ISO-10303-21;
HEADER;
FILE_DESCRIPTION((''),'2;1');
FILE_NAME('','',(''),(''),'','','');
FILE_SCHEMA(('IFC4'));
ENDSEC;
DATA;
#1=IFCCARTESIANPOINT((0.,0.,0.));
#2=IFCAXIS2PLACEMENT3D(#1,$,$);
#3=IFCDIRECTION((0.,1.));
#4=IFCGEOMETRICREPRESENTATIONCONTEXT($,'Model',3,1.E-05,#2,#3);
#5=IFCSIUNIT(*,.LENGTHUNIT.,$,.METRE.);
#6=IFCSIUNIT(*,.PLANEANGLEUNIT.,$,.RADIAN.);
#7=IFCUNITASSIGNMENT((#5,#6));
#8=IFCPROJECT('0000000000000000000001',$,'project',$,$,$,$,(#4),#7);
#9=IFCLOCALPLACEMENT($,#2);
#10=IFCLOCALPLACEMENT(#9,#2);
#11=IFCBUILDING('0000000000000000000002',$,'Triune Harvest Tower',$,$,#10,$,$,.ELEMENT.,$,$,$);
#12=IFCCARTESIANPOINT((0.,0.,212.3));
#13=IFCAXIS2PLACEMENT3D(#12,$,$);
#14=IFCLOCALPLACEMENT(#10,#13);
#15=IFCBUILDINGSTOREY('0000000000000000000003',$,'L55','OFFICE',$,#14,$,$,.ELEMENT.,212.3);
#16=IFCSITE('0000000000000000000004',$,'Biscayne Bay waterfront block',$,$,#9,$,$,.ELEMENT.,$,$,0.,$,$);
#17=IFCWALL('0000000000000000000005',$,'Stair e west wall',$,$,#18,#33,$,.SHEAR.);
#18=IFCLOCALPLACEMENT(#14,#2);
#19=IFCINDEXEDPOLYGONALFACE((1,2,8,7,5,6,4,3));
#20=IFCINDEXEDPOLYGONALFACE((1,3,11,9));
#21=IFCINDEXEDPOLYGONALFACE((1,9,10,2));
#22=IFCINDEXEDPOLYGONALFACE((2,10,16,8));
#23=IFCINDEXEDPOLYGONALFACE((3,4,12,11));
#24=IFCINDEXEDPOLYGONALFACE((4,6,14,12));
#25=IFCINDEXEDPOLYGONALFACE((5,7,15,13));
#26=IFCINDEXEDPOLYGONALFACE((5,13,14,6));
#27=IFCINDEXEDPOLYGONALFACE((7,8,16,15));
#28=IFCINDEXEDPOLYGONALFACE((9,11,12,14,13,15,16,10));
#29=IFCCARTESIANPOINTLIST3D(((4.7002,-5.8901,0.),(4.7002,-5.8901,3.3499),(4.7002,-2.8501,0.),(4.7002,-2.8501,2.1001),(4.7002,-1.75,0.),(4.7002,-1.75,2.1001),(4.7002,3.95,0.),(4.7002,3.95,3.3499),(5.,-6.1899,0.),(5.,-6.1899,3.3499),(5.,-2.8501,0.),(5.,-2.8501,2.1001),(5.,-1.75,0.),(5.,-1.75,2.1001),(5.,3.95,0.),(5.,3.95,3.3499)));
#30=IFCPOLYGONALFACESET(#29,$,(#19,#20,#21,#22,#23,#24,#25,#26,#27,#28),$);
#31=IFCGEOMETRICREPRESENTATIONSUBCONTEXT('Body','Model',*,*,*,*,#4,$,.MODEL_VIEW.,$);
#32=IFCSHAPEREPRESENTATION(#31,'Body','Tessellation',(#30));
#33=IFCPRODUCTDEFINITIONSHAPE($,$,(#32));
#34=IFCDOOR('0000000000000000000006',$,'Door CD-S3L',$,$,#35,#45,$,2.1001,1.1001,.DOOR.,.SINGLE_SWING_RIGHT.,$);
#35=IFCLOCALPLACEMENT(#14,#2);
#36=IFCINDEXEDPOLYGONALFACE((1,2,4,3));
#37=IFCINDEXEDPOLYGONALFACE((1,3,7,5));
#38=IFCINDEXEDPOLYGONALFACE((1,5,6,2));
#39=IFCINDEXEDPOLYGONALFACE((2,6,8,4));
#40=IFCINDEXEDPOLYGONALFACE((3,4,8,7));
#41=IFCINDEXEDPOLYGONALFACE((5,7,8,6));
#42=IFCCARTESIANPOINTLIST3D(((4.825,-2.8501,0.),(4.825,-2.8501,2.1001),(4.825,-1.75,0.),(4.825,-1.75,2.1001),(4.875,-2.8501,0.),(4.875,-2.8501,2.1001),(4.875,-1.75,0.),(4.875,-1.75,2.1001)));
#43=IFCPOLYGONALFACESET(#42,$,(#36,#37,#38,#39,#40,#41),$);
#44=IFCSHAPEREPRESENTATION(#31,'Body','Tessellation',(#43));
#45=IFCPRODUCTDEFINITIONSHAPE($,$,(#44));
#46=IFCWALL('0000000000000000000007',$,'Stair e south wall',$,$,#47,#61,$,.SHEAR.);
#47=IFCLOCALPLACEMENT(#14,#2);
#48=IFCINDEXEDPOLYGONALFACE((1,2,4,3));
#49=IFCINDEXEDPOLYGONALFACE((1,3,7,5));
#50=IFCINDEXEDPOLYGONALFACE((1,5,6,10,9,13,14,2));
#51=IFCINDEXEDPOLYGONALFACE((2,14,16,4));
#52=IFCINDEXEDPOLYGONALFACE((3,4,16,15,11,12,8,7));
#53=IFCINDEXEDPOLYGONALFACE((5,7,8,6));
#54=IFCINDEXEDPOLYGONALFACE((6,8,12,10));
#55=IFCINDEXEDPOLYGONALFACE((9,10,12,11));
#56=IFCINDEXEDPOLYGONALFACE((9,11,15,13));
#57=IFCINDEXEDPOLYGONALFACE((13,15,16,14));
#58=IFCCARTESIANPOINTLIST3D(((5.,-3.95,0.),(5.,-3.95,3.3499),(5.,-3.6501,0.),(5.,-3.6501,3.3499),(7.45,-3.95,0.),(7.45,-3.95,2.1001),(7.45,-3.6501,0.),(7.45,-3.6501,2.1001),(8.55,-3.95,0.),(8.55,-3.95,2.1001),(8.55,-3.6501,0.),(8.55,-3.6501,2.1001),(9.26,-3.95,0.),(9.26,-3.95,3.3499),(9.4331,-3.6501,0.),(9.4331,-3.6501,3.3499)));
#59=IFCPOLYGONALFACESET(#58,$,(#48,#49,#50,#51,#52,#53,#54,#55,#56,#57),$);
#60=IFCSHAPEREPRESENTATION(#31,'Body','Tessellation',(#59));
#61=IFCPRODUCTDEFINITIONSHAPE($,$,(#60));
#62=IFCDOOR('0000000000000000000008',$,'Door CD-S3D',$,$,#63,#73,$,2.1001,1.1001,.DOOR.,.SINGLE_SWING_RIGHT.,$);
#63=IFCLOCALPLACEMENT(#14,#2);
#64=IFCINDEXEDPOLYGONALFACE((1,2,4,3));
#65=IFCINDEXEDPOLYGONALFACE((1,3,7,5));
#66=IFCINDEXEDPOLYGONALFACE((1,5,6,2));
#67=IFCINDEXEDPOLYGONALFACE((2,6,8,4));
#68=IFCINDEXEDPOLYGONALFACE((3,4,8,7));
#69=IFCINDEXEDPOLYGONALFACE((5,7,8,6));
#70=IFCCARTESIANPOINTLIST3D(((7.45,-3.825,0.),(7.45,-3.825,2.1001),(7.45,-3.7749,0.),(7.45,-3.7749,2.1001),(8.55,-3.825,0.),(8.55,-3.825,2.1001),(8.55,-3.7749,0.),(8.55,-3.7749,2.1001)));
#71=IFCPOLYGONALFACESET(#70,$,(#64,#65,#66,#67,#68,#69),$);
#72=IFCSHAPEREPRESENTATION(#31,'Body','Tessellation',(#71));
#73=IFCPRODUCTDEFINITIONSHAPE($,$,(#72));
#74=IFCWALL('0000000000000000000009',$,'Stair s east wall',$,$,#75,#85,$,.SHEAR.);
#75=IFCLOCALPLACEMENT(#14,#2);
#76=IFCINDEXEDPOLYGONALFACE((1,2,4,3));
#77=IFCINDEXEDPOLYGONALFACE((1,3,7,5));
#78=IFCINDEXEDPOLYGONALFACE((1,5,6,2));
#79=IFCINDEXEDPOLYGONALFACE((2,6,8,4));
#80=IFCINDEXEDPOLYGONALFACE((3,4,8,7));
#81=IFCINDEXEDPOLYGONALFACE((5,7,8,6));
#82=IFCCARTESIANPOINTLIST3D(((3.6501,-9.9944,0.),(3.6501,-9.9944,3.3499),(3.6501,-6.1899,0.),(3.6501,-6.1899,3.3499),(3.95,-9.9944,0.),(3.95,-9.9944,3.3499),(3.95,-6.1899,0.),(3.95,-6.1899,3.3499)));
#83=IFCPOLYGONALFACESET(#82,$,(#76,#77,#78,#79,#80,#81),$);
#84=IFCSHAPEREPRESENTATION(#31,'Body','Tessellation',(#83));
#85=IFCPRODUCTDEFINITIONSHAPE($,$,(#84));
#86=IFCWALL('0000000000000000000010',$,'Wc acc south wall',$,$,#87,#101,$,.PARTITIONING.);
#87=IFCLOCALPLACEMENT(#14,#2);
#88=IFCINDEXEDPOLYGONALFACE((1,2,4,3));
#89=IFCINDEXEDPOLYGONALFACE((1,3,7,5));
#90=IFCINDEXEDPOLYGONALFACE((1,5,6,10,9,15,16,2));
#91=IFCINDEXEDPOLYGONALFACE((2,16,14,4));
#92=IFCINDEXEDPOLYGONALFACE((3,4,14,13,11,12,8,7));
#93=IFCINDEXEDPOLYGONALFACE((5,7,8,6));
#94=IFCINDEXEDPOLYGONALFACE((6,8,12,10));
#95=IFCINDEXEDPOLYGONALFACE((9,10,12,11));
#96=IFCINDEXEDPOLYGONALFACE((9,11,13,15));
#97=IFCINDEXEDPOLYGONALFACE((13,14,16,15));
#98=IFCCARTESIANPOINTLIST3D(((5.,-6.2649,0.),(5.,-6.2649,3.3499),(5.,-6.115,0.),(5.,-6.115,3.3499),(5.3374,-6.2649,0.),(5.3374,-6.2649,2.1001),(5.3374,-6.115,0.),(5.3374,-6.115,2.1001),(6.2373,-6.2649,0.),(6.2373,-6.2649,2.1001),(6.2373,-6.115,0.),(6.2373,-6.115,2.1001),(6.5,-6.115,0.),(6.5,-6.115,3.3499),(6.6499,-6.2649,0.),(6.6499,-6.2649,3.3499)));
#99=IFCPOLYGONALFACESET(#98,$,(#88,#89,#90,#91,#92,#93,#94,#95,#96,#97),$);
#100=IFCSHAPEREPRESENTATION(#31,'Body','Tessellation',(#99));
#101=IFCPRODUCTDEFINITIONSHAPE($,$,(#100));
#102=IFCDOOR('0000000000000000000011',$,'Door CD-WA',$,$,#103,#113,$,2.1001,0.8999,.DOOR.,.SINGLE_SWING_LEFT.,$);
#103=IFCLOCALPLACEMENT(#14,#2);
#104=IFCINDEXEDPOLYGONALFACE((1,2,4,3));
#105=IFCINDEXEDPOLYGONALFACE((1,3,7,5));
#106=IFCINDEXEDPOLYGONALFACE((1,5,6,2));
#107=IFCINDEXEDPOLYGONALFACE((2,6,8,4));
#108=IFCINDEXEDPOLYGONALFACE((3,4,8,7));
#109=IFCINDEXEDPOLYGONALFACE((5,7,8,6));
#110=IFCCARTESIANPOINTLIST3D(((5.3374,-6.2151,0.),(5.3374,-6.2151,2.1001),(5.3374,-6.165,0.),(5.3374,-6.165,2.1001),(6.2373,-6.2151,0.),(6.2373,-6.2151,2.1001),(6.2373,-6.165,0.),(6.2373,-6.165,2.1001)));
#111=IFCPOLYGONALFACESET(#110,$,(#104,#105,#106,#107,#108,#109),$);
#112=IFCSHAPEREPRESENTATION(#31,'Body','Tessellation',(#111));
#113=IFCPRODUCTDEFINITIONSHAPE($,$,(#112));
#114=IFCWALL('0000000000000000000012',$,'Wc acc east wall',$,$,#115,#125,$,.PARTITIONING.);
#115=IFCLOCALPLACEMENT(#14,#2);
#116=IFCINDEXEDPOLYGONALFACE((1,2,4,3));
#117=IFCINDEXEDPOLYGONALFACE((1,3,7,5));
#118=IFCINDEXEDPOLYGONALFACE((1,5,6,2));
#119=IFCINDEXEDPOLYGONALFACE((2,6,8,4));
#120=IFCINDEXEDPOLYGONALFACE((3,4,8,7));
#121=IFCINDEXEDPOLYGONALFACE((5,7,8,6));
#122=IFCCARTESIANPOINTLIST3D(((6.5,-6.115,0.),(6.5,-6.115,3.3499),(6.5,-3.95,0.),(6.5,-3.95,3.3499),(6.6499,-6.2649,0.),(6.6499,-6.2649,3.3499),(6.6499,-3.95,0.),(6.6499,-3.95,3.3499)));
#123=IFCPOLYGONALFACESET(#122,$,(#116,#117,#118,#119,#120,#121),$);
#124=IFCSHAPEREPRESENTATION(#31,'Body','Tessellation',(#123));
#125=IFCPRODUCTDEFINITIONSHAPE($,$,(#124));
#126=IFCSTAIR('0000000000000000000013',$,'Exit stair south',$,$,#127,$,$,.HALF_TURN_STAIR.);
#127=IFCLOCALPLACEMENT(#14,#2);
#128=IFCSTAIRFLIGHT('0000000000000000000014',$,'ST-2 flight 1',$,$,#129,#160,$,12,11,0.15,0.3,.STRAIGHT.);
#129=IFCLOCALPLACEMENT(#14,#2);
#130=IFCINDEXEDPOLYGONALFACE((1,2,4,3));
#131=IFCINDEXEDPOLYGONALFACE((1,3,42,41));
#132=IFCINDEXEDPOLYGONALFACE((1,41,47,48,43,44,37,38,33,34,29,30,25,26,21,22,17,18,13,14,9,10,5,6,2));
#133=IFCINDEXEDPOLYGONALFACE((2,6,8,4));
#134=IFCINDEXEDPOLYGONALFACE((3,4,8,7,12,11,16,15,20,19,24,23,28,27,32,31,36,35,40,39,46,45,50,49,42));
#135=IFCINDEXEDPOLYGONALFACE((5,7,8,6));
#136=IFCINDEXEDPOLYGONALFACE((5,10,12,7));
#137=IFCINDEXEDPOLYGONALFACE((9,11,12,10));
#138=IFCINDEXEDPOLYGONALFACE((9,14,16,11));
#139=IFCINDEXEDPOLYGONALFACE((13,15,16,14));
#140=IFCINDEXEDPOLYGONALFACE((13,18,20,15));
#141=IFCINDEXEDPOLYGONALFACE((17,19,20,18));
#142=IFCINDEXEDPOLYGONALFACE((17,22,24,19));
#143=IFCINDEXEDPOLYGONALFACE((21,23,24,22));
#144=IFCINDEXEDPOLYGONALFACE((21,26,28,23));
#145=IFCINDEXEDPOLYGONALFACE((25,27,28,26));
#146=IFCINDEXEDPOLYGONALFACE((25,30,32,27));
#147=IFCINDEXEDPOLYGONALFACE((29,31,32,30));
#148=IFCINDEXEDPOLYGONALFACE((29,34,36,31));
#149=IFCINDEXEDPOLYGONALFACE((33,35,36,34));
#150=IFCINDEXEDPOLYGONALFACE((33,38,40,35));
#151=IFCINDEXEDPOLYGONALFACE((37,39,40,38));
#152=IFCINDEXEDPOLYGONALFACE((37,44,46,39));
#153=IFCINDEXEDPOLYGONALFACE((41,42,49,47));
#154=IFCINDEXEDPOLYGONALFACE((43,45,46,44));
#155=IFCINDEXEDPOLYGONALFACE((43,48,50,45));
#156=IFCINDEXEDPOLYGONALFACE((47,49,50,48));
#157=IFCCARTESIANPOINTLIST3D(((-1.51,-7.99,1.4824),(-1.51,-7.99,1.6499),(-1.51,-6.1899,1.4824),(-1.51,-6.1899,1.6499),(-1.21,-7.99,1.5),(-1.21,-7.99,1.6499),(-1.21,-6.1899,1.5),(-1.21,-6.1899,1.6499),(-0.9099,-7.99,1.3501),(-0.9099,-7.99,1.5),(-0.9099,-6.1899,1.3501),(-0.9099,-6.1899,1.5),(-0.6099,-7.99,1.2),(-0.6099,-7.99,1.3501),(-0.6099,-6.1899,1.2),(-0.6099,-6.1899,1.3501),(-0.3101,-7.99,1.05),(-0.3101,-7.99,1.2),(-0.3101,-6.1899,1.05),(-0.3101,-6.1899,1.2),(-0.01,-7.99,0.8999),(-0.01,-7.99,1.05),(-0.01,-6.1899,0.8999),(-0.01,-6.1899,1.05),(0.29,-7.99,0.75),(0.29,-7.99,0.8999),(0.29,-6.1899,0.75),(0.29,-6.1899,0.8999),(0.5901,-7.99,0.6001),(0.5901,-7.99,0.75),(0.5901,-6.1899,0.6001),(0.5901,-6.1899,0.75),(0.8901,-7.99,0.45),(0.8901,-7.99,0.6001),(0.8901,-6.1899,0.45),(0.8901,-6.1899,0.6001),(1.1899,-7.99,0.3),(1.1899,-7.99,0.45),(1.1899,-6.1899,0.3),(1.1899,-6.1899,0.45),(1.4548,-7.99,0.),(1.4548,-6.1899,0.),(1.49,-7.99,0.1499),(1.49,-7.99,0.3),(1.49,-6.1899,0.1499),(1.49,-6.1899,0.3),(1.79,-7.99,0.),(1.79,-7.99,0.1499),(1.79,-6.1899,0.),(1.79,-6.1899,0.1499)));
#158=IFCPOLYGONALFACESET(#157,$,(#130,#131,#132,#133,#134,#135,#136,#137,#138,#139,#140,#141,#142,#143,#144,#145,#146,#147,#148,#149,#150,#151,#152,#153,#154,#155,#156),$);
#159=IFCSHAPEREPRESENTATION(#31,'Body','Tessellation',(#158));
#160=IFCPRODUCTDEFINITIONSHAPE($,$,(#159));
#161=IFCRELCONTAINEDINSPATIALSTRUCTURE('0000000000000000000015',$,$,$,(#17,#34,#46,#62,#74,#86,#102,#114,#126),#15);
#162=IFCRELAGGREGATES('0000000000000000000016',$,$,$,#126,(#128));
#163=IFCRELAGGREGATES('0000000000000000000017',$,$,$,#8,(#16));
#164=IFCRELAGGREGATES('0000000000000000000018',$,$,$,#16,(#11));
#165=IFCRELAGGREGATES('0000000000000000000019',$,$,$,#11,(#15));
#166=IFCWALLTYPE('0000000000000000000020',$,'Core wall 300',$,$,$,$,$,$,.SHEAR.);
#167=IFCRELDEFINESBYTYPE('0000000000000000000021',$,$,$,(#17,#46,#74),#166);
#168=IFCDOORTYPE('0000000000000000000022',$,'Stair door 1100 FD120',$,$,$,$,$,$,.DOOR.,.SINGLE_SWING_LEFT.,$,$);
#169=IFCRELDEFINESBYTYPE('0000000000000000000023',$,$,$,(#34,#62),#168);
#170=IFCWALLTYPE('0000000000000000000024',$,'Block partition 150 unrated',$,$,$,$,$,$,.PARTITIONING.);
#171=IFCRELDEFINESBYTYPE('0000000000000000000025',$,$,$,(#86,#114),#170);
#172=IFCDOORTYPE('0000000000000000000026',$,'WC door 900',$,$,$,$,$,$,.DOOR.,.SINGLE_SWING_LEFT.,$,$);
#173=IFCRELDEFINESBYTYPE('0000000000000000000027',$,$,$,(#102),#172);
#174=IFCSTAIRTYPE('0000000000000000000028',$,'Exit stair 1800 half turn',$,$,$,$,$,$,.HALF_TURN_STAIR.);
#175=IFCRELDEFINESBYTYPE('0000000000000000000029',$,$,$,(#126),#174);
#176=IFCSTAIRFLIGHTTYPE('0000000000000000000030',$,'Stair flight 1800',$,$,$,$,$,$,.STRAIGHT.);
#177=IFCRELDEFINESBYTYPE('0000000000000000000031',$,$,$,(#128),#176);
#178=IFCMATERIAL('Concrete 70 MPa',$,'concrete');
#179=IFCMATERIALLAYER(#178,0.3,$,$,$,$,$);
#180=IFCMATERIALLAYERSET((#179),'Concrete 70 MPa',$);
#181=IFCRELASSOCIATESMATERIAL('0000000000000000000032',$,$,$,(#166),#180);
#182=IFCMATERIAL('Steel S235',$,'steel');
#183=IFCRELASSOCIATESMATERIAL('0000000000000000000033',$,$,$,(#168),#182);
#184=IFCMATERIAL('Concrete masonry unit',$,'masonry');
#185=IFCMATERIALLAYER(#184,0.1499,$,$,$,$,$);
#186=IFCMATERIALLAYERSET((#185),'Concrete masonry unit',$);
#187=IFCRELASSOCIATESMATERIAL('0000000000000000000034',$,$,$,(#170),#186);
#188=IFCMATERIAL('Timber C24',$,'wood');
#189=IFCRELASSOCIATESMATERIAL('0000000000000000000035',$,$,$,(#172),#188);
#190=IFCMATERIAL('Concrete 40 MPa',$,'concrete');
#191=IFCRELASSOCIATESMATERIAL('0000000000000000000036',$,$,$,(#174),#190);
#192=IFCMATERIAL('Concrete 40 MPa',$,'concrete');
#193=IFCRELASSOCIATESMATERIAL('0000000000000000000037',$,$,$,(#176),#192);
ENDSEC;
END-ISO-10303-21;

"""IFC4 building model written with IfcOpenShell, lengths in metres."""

from ifc_helpers import new_model, si_unit, direction, frame, frame_2d, origin, place, context, subcontext, project, spatial, polyline, rectangle, outline, extrude, source, transform, mapped, material, layer, layer_set, type_object, element, fill, aggregate, save


model = new_model("IFC4")

# Units and contexts
model_context = context("Model", 3, precision=1e-05, world=origin(), true_north=direction((0.0, 1.0)))
body_context = subcontext(model_context, "Body", "Model", "MODEL_VIEW")
ifc_project = project(units=[si_unit("LENGTHUNIT", "METRE"), si_unit("PLANEANGLEUNIT", "RADIAN")], contexts=[model_context])

# Site, building, storey
site_placement = place(None, origin())
site = spatial("IfcSite", under=ifc_project, at=site_placement, Name="Biscayne Bay waterfront block", CompositionType="ELEMENT", RefElevation=0.0)
building_placement = place(site_placement, origin())
building = spatial("IfcBuilding", under=site, at=building_placement, Name="Triune Harvest Tower", CompositionType="ELEMENT")
storey_placement = place(building_placement, frame((0.0, 0.0, 212.3)))
storey = spatial("IfcBuildingStorey", under=building, at=storey_placement, Name="L55", Description="OFFICE", CompositionType="ELEMENT", Elevation=212.3)

# Shared definitions
ifc_material_1 = material(Name="Concrete 70 MPa", Category="concrete")
ifc_layer_1 = layer(ifc_material_1, 0.3)
ifc_layer_set_1 = layer_set([ifc_layer_1], Name="Concrete 70 MPa")
wall_type_1 = type_object("IfcWallType", Name="Core wall 300", PredefinedType="SHEAR", material=ifc_layer_set_1)

# Walls, openings, doors
shared_shape_1 = source(origin(), body_context, "Body", "SweptSolid", [
    extrude(outline(polyline([(-0.1499, -0.1499), (9.99, -0.1499), (9.99, 0.1499), (0.1499, 0.1499), (-0.1499, -0.1499)])), origin(), (0.0, 0.0, 1.0), 3.3499),
])
wall_1_placement = place(storey_placement, frame((4.8501, -6.04, 0.0), z_axis=(0.0, 0.0, 1.0), x_axis=(0.0, 1.0, 0.0)))
wall_1 = element("IfcWall", 1, at=wall_1_placement, inside=storey, type_object=wall_type_1, Name="Stair e west wall", PredefinedType="SHEAR", context=body_context, shape_type="MappedRepresentation", body=[
    mapped(shared_shape_1, transform((0.0, 0.0, 0.0), scale=1.0)),
])
opening_1_placement = place(wall_1_placement, frame((3.1899, 0.0, 0.0)))
opening_1 = element("IfcOpeningElement", 2, at=opening_1_placement, cuts=wall_1, PredefinedType="OPENING", context=body_context, shape_type="SweptSolid", body=[
    extrude(rectangle(XDim=1.1001, YDim=2.1001, at=frame_2d((0.55, 1.05))), frame((0.0, 0.1602, 0.0), z_axis=(0.0, -1.0, 0.0), x_axis=(1.0, 0.0, 0.0)), (0.0, 0.0, 1.0), 0.3201),
])
ifc_material_2 = material(Name="Steel S235", Category="steel")
door_type_1 = type_object("IfcDoorType", Name="Stair door 1100 FD120", OperationType="SINGLE_SWING_LEFT", PredefinedType="DOOR", material=ifc_material_2)
door_1_placement = place(opening_1_placement, frame((1.1001, 0.0, 0.0), z_axis=(0.0, 0.0, 1.0), x_axis=(-1.0, 0.0, 0.0)))
door_1 = element("IfcDoor", 3, at=door_1_placement, inside=storey, type_object=door_type_1, Name="Door CD-S3L", OperationType="SINGLE_SWING_RIGHT", OverallHeight=2.1001, OverallWidth=1.1001, PredefinedType="DOOR", context=body_context, shape_type="SweptSolid", body=[
    extrude(rectangle(XDim=1.1001, YDim=2.1001, at=frame_2d((0.55, 1.05))), frame((0.0, 0.0249, 0.0), z_axis=(0.0, -1.0, 0.0), x_axis=(1.0, 0.0, 0.0)), (0.0, 0.0, 1.0), 0.05),
])
fill(opening_1, door_1)
shared_shape_2 = source(origin(), body_context, "Body", "SweptSolid", [
    extrude(outline(polyline([(0.0, -0.1499), (0.0, 0.1499), (4.4331, 0.1499), (4.26, -0.1499), (0.0, -0.1499)])), origin(), (0.0, 0.0, 1.0), 3.3499),
])
wall_2_placement = place(storey_placement, frame((5.0, -3.8, 0.0), z_axis=(0.0, 0.0, 1.0), x_axis=(1.0, 0.0, 0.0)))
wall_2 = element("IfcWall", 4, at=wall_2_placement, inside=storey, type_object=wall_type_1, Name="Stair e south wall", PredefinedType="SHEAR", context=body_context, shape_type="MappedRepresentation", body=[
    mapped(shared_shape_2, transform((0.0, 0.0, 0.0), scale=1.0)),
])
opening_2_placement = place(wall_2_placement, frame((2.45, 0.0, 0.0)))
opening_2 = element("IfcOpeningElement", 5, at=opening_2_placement, cuts=wall_2, PredefinedType="OPENING", context=body_context, shape_type="SweptSolid", body=[
    extrude(rectangle(XDim=1.1001, YDim=2.1001, at=frame_2d((0.55, 1.05))), frame((0.0, 0.1602, 0.0), z_axis=(0.0, -1.0, 0.0), x_axis=(1.0, 0.0, 0.0)), (0.0, 0.0, 1.0), 0.3201),
])
door_2_placement = place(opening_2_placement, frame((1.1001, 0.0, 0.0), z_axis=(0.0, 0.0, 1.0), x_axis=(-1.0, 0.0, 0.0)))
door_2 = element("IfcDoor", 6, at=door_2_placement, inside=storey, type_object=door_type_1, Name="Door CD-S3D", OperationType="SINGLE_SWING_RIGHT", OverallHeight=2.1001, OverallWidth=1.1001, PredefinedType="DOOR", context=body_context, shape_type="SweptSolid", body=[
    extrude(rectangle(XDim=1.1001, YDim=2.1001, at=frame_2d((0.55, 1.05))), frame((0.0, 0.0249, 0.0), z_axis=(0.0, -1.0, 0.0), x_axis=(1.0, 0.0, 0.0)), (0.0, 0.0, 1.0), 0.05),
])
fill(opening_2, door_2)

# Wall
shared_shape_3 = source(origin(), body_context, "Body", "SweptSolid", [
    extrude(outline(polyline([(3.8, -0.1499), (-0.0044, -0.1499), (-0.0044, 0.1499), (3.8, 0.1499), (3.8, -0.1499)])), origin(), (0.0, 0.0, 1.0), 3.3499),
])
wall_3_placement = place(storey_placement, frame((3.8, -9.99, 0.0), z_axis=(0.0, 0.0, 1.0), x_axis=(0.0, 1.0, 0.0)))
element("IfcWall", 7, at=wall_3_placement, inside=storey, type_object=wall_type_1, Name="Stair s east wall", PredefinedType="SHEAR", context=body_context, shape_type="MappedRepresentation", body=[
    mapped(shared_shape_3, transform((0.0, 0.0, 0.0), scale=1.0)),
])

# Wall, opening, door
ifc_material_3 = material(Name="Concrete masonry unit", Category="masonry")
ifc_layer_2 = layer(ifc_material_3, 0.1499)
ifc_layer_set_2 = layer_set([ifc_layer_2], Name="Concrete masonry unit")
wall_type_2 = type_object("IfcWallType", Name="Block partition 150 unrated", PredefinedType="PARTITIONING", material=ifc_layer_set_2)
shared_shape_4 = source(origin(), body_context, "Body", "SweptSolid", [
    extrude(outline(polyline([(0.0, -0.075), (1.6499, -0.075), (1.5, 0.075), (0.0, 0.075), (0.0, -0.075)])), origin(), (0.0, 0.0, 1.0), 3.3499),
])
wall_4_placement = place(storey_placement, frame((5.0, -6.1899, 0.0), z_axis=(0.0, 0.0, 1.0), x_axis=(1.0, 0.0, 0.0)))
wall_4 = element("IfcWall", 8, at=wall_4_placement, inside=storey, type_object=wall_type_2, Name="Wc acc south wall", PredefinedType="PARTITIONING", context=body_context, shape_type="MappedRepresentation", body=[
    mapped(shared_shape_4, transform((0.0, 0.0, 0.0), scale=1.0)),
])
opening_3_placement = place(wall_4_placement, frame((0.3374, 0.0, 0.0)))
opening_3 = element("IfcOpeningElement", 9, at=opening_3_placement, cuts=wall_4, PredefinedType="OPENING", context=body_context, shape_type="SweptSolid", body=[
    extrude(rectangle(XDim=0.8999, YDim=2.1001, at=frame_2d((0.45, 1.05))), frame((0.0, 0.085, 0.0), z_axis=(0.0, -1.0, 0.0), x_axis=(1.0, 0.0, 0.0)), (0.0, 0.0, 1.0), 0.1699),
])
ifc_material_4 = material(Name="Timber C24", Category="wood")
door_type_2 = type_object("IfcDoorType", Name="WC door 900", OperationType="SINGLE_SWING_LEFT", PredefinedType="DOOR", material=ifc_material_4)
door_3_placement = place(opening_3_placement, origin())
door_3 = element("IfcDoor", 10, at=door_3_placement, inside=storey, type_object=door_type_2, Name="Door CD-WA", OperationType="SINGLE_SWING_LEFT", OverallHeight=2.1001, OverallWidth=0.8999, PredefinedType="DOOR", context=body_context, shape_type="SweptSolid", body=[
    extrude(rectangle(XDim=0.8999, YDim=2.1001, at=frame_2d((0.45, 1.05))), frame((0.0, 0.0249, 0.0), z_axis=(0.0, -1.0, 0.0), x_axis=(1.0, 0.0, 0.0)), (0.0, 0.0, 1.0), 0.05),
])
fill(opening_3, door_3)

# Wall
shared_shape_5 = source(origin(), body_context, "Body", "SweptSolid", [
    extrude(outline(polyline([(-0.075, -0.075), (2.24, -0.075), (2.24, 0.075), (0.075, 0.075), (-0.075, -0.075)])), origin(), (0.0, 0.0, 1.0), 3.3499),
])
wall_5_placement = place(storey_placement, frame((6.575, -6.1899, 0.0), z_axis=(0.0, 0.0, 1.0), x_axis=(0.0, 1.0, 0.0)))
element("IfcWall", 11, at=wall_5_placement, inside=storey, type_object=wall_type_2, Name="Wc acc east wall", PredefinedType="PARTITIONING", context=body_context, shape_type="MappedRepresentation", body=[
    mapped(shared_shape_5, transform((0.0, 0.0, 0.0), scale=1.0)),
])

# Stair, stair flight
ifc_material_5 = material(Name="Concrete 40 MPa", Category="concrete")
stair_type = type_object("IfcStairType", Name="Exit stair 1800 half turn", PredefinedType="HALF_TURN_STAIR", material=ifc_material_5)
stair_placement = place(storey_placement, origin())
stair = element("IfcStair", 12, at=stair_placement, inside=storey, type_object=stair_type, Name="Exit stair south", PredefinedType="HALF_TURN_STAIR")
ifc_material_6 = material(Name="Concrete 40 MPa", Category="concrete")
stair_flight_type = type_object("IfcStairFlightType", Name="Stair flight 1800", PredefinedType="STRAIGHT", material=ifc_material_6)
shared_shape_6 = source(origin(), body_context, "Body", "SweptSolid", [
    extrude(outline(polyline([(0.0, 0.0), (0.0, 0.1499), (0.3, 0.1499), (0.3, 0.3), (0.6001, 0.3), (0.6001, 0.45), (0.8999, 0.45), (0.8999, 0.6001), (1.2, 0.6001), (1.2, 0.75), (1.5, 0.75), (1.5, 0.8999), (1.8, 0.8999), (1.8, 1.05), (2.1001, 1.05), (2.1001, 1.2), (2.3999, 1.2), (2.3999, 1.3501), (2.7, 1.3501), (2.7, 1.5), (3.0, 1.5), (3.0, 1.6499), (3.3, 1.6499), (3.3, 1.8), (3.3, 1.4824), (0.3352, 0.0), (0.0, 0.0)])), frame((0.0, 0.8999, 0.0), z_axis=(0.0, -1.0, 0.0), x_axis=(1.0, 0.0, 0.0)), (0.0, 0.0, 1.0), 1.8),
])
stair_flight_placement = place(storey_placement, frame((1.79, -7.0901, 0.0), z_axis=(0.0, 0.0, 1.0), x_axis=(-1.0, 0.0, 0.0)))
stair_flight = element("IfcStairFlight", 13, at=stair_flight_placement, type_object=stair_flight_type, Name="ST-2 flight 1", NumberOfRisers=12, NumberOfTreads=11, PredefinedType="STRAIGHT", RiserHeight=0.15, TreadLength=0.3, context=body_context, shape_type="MappedRepresentation", body=[
    mapped(shared_shape_6, transform((0.0, 0.0, 0.0), scale=1.0)),
])
aggregate(stair, [stair_flight])

save(model, "model.ifc")
